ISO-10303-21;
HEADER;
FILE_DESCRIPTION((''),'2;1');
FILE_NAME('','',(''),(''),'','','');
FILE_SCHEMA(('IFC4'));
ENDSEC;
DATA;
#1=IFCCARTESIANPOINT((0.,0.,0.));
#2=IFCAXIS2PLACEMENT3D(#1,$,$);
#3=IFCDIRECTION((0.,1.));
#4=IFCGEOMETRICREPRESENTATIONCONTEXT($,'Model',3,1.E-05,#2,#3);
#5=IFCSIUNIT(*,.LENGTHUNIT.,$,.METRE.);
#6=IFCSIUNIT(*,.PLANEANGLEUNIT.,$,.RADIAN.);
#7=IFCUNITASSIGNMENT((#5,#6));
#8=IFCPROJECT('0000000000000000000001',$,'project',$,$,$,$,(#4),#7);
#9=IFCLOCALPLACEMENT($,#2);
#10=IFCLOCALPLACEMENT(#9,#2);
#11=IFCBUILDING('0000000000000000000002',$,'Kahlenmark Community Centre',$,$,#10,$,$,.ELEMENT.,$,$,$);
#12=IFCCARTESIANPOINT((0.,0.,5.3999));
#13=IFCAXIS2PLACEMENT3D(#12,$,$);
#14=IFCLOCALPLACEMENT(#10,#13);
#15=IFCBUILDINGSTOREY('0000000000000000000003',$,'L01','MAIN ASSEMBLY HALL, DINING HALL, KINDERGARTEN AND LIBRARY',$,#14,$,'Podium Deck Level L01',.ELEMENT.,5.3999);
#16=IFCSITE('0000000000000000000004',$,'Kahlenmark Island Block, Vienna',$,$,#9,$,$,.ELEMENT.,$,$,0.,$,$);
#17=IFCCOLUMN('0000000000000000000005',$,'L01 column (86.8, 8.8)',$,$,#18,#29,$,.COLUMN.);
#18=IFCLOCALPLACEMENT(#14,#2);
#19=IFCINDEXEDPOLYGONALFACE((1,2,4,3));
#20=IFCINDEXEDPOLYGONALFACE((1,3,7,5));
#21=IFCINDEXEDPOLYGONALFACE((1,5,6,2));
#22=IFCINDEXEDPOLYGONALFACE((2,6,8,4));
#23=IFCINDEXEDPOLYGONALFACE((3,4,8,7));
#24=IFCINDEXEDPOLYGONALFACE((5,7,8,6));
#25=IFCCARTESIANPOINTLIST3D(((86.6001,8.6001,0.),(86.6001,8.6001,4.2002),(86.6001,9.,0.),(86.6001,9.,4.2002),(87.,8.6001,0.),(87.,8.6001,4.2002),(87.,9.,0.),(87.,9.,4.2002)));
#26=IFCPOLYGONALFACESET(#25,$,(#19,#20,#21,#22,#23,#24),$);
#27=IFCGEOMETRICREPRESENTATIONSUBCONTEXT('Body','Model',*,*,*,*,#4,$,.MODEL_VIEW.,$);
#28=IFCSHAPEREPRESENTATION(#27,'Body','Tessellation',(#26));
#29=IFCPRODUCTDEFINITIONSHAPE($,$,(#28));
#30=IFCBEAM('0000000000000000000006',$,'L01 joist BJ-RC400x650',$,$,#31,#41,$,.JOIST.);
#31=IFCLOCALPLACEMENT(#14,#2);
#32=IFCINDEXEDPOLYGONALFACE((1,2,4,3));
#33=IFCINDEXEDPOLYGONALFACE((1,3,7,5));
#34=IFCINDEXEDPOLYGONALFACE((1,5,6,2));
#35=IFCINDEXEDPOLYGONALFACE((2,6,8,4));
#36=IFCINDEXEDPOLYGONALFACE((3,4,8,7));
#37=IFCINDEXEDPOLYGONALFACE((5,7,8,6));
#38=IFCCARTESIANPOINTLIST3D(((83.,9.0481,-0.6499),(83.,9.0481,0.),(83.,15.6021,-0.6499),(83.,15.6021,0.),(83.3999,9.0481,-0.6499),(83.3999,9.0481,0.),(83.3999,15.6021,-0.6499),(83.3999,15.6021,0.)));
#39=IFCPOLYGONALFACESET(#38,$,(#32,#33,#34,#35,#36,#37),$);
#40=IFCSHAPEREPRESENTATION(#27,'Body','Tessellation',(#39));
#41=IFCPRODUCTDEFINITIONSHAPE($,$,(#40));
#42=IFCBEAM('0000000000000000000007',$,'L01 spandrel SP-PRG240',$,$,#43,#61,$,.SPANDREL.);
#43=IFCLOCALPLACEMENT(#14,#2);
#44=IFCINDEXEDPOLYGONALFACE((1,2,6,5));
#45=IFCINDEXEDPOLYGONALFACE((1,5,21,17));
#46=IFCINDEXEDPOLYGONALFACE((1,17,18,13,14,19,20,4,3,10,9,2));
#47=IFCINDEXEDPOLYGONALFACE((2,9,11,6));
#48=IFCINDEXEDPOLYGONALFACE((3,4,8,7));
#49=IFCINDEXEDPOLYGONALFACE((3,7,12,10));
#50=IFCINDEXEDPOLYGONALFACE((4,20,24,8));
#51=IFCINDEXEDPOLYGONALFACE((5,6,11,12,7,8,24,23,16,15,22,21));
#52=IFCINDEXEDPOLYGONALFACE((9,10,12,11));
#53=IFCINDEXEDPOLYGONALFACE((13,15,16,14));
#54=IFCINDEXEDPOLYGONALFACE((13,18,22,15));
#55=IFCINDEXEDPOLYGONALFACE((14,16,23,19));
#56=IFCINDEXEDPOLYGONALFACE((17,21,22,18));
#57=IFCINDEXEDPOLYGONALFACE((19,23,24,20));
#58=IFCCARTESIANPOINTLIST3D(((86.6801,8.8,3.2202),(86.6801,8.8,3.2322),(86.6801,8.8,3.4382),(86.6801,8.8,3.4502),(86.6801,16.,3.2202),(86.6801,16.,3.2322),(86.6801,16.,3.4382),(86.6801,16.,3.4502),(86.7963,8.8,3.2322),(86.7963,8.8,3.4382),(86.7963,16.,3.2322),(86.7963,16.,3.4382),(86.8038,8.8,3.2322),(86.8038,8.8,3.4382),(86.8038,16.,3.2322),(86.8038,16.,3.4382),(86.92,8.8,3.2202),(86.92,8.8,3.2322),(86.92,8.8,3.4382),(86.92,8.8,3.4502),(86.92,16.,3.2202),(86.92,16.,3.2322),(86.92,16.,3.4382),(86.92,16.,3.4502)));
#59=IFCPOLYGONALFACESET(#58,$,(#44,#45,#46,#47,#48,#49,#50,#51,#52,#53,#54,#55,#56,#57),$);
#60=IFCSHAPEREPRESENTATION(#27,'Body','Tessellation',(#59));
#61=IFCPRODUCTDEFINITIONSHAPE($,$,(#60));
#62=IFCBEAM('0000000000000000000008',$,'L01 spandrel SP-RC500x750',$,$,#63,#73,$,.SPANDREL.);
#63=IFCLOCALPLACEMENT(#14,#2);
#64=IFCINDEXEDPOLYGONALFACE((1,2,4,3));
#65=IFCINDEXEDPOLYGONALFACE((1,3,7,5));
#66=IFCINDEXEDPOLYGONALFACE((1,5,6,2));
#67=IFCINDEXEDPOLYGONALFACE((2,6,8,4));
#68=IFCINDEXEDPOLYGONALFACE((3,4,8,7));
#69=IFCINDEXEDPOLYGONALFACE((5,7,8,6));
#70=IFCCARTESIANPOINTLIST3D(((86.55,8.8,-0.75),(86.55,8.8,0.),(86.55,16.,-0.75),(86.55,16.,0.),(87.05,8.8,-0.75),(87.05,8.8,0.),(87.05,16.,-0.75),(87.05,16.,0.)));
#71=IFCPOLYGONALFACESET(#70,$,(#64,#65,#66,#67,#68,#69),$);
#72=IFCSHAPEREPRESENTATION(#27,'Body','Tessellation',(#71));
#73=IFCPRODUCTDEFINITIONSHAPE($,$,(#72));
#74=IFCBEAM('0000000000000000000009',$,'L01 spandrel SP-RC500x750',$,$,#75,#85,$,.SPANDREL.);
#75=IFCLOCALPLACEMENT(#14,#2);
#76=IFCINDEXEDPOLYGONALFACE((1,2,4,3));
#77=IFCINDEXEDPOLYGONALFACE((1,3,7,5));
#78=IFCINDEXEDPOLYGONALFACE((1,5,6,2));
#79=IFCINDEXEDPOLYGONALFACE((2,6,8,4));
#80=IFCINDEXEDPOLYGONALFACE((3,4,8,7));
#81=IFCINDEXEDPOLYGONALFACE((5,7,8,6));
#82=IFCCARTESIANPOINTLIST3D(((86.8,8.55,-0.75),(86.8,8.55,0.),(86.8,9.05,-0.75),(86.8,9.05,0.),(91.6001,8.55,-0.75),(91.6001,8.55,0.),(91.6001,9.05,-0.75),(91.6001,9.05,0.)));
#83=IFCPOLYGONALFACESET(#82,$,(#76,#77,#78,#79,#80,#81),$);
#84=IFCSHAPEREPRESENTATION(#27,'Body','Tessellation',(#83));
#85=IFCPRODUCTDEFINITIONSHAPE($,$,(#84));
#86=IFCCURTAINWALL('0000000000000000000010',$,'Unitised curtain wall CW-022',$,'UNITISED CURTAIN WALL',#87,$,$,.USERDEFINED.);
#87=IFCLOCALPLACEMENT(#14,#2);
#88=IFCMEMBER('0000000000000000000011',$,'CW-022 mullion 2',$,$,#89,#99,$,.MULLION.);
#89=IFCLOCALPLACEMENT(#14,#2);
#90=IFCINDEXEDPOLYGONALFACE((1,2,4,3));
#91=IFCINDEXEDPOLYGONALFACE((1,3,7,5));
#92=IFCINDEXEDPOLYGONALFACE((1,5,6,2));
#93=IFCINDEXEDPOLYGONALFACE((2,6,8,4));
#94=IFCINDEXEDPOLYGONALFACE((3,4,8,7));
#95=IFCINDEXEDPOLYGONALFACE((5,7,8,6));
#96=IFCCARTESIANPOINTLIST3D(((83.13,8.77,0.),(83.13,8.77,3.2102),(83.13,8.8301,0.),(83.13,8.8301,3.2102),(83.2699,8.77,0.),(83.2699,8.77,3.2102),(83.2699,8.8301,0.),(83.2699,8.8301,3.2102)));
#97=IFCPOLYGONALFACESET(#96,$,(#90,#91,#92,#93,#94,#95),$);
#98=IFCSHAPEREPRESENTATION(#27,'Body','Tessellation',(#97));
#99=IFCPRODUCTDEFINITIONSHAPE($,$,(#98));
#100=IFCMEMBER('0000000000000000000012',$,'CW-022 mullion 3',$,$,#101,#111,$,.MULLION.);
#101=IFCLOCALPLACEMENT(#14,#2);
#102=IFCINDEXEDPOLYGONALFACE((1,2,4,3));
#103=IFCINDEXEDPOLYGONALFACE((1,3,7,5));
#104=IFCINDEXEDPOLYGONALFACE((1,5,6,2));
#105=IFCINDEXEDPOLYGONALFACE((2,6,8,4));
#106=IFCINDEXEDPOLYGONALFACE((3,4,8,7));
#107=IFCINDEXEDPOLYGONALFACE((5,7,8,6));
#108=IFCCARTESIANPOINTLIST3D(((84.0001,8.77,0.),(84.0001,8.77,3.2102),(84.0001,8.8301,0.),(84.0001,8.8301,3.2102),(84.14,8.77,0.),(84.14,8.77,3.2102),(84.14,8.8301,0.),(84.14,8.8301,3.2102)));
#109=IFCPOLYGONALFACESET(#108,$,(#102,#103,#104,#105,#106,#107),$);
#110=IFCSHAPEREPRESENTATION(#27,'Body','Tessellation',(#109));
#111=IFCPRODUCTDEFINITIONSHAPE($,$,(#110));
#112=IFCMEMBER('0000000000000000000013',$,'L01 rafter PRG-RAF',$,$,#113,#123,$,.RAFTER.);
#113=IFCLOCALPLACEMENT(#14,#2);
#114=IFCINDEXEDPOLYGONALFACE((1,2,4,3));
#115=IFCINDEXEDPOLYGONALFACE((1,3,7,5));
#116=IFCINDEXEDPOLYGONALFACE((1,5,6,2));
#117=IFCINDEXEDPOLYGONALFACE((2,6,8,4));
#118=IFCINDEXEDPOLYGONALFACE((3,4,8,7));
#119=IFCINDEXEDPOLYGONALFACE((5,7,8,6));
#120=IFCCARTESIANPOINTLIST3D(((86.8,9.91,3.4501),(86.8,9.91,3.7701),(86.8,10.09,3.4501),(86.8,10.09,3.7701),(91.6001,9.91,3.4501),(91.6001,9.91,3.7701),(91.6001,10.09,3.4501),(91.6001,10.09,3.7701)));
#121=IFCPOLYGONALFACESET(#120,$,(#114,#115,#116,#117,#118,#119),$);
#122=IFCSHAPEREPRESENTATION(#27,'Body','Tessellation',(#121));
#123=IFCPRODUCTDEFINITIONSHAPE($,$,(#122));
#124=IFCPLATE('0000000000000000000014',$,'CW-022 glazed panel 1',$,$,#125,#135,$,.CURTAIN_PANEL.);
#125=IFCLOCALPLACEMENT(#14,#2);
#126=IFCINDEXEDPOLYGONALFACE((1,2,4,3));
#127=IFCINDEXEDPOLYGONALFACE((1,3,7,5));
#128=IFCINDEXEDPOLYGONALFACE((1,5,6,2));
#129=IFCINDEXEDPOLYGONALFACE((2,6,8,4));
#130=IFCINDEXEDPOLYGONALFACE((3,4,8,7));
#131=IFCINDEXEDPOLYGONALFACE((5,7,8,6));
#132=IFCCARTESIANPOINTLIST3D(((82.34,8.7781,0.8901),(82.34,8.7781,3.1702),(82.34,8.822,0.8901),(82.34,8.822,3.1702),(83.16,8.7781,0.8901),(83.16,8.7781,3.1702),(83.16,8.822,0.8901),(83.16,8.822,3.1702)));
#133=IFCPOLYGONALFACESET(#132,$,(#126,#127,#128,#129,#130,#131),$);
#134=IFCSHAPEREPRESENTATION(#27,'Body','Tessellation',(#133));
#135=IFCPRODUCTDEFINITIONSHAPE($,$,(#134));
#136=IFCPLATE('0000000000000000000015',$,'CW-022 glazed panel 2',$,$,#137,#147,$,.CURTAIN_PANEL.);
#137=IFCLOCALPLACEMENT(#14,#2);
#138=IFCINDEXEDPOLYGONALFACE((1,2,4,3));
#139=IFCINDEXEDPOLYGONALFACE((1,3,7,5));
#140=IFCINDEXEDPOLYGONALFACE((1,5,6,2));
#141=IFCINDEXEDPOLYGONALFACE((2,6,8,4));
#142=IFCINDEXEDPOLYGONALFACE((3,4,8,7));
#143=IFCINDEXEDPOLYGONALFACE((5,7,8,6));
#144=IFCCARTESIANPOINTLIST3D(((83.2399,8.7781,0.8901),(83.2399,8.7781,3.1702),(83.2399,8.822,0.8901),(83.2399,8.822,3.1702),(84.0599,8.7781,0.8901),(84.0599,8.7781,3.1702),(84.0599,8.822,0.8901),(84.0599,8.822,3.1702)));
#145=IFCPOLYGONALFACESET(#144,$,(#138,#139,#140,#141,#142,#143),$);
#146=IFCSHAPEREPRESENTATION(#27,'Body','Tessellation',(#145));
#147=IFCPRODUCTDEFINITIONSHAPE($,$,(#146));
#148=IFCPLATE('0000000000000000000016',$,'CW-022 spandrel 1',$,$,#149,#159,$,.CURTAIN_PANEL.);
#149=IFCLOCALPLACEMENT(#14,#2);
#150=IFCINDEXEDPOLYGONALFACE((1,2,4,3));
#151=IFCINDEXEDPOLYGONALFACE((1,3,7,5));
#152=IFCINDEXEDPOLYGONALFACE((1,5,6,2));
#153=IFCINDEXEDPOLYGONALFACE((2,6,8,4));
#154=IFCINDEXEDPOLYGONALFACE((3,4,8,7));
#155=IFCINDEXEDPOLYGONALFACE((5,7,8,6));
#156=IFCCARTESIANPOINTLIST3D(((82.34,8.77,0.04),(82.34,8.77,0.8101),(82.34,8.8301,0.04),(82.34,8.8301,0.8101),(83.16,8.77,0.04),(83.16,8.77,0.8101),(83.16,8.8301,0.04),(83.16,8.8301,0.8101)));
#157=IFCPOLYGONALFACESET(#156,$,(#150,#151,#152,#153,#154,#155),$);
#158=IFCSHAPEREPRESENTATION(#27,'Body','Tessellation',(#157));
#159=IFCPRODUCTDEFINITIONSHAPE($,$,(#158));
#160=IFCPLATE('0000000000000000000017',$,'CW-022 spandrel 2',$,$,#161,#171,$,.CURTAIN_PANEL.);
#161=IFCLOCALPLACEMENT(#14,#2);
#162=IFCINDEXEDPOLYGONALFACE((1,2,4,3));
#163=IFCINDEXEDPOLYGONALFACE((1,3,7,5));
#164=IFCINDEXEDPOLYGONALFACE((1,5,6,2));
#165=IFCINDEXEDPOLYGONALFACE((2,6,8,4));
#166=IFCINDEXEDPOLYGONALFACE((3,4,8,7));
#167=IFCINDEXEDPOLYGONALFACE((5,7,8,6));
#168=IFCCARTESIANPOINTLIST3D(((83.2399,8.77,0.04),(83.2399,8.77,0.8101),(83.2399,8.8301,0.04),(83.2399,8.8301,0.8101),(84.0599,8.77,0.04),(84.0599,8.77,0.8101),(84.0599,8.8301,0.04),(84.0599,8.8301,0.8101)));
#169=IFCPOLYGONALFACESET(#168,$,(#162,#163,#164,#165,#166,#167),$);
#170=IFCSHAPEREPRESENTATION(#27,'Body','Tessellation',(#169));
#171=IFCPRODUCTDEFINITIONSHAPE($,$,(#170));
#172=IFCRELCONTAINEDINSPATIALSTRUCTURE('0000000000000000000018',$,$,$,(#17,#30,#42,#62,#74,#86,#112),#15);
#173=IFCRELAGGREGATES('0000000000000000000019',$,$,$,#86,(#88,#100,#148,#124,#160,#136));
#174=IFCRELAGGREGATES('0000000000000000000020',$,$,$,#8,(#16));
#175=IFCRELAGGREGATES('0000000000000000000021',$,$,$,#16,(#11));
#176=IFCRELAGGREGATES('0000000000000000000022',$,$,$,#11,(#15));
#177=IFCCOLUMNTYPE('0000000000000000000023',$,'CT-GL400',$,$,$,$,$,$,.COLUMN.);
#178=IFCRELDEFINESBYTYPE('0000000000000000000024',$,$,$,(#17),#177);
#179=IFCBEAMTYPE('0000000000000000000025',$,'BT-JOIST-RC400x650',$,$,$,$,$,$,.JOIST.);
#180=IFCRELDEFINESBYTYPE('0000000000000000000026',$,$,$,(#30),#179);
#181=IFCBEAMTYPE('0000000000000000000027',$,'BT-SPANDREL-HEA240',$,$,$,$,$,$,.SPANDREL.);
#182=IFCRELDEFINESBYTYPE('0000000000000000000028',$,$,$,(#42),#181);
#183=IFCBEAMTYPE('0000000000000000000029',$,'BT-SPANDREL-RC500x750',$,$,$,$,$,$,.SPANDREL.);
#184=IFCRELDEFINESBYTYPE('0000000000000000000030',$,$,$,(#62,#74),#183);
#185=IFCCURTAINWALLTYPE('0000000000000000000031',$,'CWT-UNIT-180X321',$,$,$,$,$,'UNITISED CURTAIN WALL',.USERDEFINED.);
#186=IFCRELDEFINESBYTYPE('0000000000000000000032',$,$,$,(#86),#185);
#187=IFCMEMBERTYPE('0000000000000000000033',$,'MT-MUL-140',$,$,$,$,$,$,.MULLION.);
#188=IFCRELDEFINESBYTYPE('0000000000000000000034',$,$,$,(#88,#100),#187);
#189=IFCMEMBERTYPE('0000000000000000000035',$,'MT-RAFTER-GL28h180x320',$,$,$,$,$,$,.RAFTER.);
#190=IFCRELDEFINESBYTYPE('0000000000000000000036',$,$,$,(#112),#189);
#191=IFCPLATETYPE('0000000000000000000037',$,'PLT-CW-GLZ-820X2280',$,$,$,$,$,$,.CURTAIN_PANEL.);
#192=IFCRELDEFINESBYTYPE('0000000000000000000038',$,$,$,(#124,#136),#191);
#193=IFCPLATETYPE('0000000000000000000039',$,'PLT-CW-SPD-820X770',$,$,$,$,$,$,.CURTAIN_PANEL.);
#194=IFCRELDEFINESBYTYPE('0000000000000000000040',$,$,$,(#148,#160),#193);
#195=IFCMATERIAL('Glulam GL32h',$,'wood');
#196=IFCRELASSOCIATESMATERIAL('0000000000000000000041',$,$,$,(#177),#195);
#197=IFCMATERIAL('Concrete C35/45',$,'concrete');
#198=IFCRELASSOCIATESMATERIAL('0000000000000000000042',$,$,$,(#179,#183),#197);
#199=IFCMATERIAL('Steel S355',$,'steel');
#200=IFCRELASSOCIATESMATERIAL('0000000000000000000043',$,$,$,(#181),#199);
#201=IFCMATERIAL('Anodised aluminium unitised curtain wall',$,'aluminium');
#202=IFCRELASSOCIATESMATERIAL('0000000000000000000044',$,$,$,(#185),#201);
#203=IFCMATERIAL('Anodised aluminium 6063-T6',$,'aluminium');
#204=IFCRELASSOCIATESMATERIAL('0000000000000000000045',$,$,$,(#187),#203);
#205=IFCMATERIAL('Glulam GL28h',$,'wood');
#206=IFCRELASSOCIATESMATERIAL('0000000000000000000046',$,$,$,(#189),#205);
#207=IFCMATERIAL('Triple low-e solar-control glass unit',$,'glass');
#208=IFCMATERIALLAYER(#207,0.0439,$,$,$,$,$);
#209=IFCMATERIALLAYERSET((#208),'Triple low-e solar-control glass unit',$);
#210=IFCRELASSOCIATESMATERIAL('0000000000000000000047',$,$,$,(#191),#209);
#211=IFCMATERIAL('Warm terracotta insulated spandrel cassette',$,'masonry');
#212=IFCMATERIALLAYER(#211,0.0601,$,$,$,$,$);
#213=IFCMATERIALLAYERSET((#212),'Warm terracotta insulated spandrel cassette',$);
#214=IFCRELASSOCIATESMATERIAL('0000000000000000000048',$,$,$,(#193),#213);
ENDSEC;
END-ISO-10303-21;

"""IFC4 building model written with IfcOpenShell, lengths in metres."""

from ifc_helpers import new_model, si_unit, direction, frame, origin, origin_2d, place, context, subcontext, project, spatial, rectangle, i_section, extrude, material, layer, layer_set, material_profile, profile_set, type_object, element, aggregate, save


model = new_model("IFC4")

# Units and contexts
model_context = context("Model", 3, precision=1e-05, world=origin(), true_north=direction((0.0, 1.0)))
body_context = subcontext(model_context, "Body", "Model", "MODEL_VIEW")
ifc_project = project(units=[si_unit("LENGTHUNIT", "METRE"), si_unit("PLANEANGLEUNIT", "RADIAN")], contexts=[model_context])

# Site, building, storey
site_placement = place(None, origin())
site = spatial("IfcSite", under=ifc_project, at=site_placement, Name="Kahlenmark Island Block, Vienna", CompositionType="ELEMENT", RefElevation=0.0)
building_placement = place(site_placement, origin())
building = spatial("IfcBuilding", under=site, at=building_placement, Name="Kahlenmark Community Centre", CompositionType="ELEMENT")
storey_placement = place(building_placement, frame((0.0, 0.0, 5.3999)))
storey = spatial("IfcBuildingStorey", under=building, at=storey_placement, Name="L01", Description="MAIN ASSEMBLY HALL, DINING HALL, KINDERGARTEN AND LIBRARY", LongName="Podium Deck Level L01", CompositionType="ELEMENT", Elevation=5.3999)

# Column
ifc_material_1 = material(Name="Glulam GL32h", Category="wood")
ifc_material_profile_1 = material_profile(ifc_material_1, rectangle(XDim=0.3999, YDim=0.3999, at=origin_2d()), Name="GL32h 400x400")
ifc_profile_set_1 = profile_set([ifc_material_profile_1], Name="Glulam GL32h")
column_type = type_object("IfcColumnType", Name="CT-GL400", PredefinedType="COLUMN", material=ifc_profile_set_1)
column_placement = place(storey_placement, frame((86.8, 8.8, 0.0), z_axis=(0.0, 0.0, 1.0), x_axis=(1.0, 0.0, 0.0)))
element("IfcColumn", 1, at=column_placement, inside=storey, type_object=column_type, Name="L01 column (86.8, 8.8)", PredefinedType="COLUMN", context=body_context, shape_type="SweptSolid", body=[
    extrude(rectangle(XDim=0.3999, YDim=0.3999, at=origin_2d()), origin(), (0.0, 0.0, 1.0), 4.2002),
])

# Beams
ifc_material_2 = material(Name="Concrete C35/45", Category="concrete")
ifc_material_profile_2 = material_profile(ifc_material_2, rectangle(XDim=0.3999, YDim=0.6499, at=origin_2d()), Name="RC 400x650")
ifc_profile_set_2 = profile_set([ifc_material_profile_2], Name="Concrete C35/45")
beam_type_1 = type_object("IfcBeamType", Name="BT-JOIST-RC400x650", PredefinedType="JOIST", material=ifc_profile_set_2)
beam_1_placement = place(storey_placement, frame((83.2, 9.0481, -0.325), z_axis=(0.0, 1.0, 0.0), x_axis=(-1.0, 0.0, 0.0)))
element("IfcBeam", 2, at=beam_1_placement, inside=storey, type_object=beam_type_1, Name="L01 joist BJ-RC400x650", PredefinedType="JOIST", context=body_context, shape_type="SweptSolid", body=[
    extrude(rectangle(XDim=0.3999, YDim=0.6499, at=origin_2d()), origin(), (0.0, 0.0, 1.0), 6.554),
])
ifc_material_3 = material(Name="Steel S355", Category="steel")
ifc_material_profile_3 = material_profile(ifc_material_3, i_section(OverallWidth=0.24, OverallDepth=0.23, WebThickness=0.0076, FlangeThickness=0.012, at=origin_2d()), Name="HEA 240")
ifc_profile_set_3 = profile_set([ifc_material_profile_3], Name="Steel S355")
beam_type_2 = type_object("IfcBeamType", Name="BT-SPANDREL-HEA240", PredefinedType="SPANDREL", material=ifc_profile_set_3)
beam_2_placement = place(storey_placement, frame((86.8, 8.8, 3.3352), z_axis=(0.0, 1.0, 0.0), x_axis=(-1.0, 0.0, 0.0)))
element("IfcBeam", 3, at=beam_2_placement, inside=storey, type_object=beam_type_2, Name="L01 spandrel SP-PRG240", PredefinedType="SPANDREL", context=body_context, shape_type="SweptSolid", body=[
    extrude(i_section(OverallWidth=0.24, OverallDepth=0.23, WebThickness=0.0076, FlangeThickness=0.012, at=origin_2d()), origin(), (0.0, 0.0, 1.0), 7.2),
])
ifc_material_profile_4 = material_profile(ifc_material_2, rectangle(XDim=0.5, YDim=0.75, at=origin_2d()), Name="RC 500x750")
ifc_profile_set_4 = profile_set([ifc_material_profile_4], Name="Concrete C35/45")
beam_type_3 = type_object("IfcBeamType", Name="BT-SPANDREL-RC500x750", PredefinedType="SPANDREL", material=ifc_profile_set_4)
beam_3_placement = place(storey_placement, frame((86.8, 8.8, -0.375), z_axis=(0.0, 1.0, 0.0), x_axis=(-1.0, 0.0, 0.0)))
element("IfcBeam", 4, at=beam_3_placement, inside=storey, type_object=beam_type_3, Name="L01 spandrel SP-RC500x750", PredefinedType="SPANDREL", context=body_context, shape_type="SweptSolid", body=[
    extrude(rectangle(XDim=0.5, YDim=0.75, at=origin_2d()), origin(), (0.0, 0.0, 1.0), 7.2),
])
beam_4_placement = place(storey_placement, frame((86.8, 8.8, -0.375), z_axis=(1.0, 0.0, 0.0), x_axis=(0.0, 1.0, 0.0)))
element("IfcBeam", 5, at=beam_4_placement, inside=storey, type_object=beam_type_3, Name="L01 spandrel SP-RC500x750", PredefinedType="SPANDREL", context=body_context, shape_type="SweptSolid", body=[
    extrude(rectangle(XDim=0.5, YDim=0.75, at=origin_2d()), origin(), (0.0, 0.0, 1.0), 4.8),
])

# Curtain wall, members
ifc_material_4 = material(Name="Anodised aluminium unitised curtain wall", Category="aluminium")
curtain_wall_type = type_object("IfcCurtainWallType", Name="CWT-UNIT-180X321", ElementType="UNITISED CURTAIN WALL", PredefinedType="USERDEFINED", material=ifc_material_4)
curtain_wall_placement = place(storey_placement, origin())
curtain_wall = element("IfcCurtainWall", 6, at=curtain_wall_placement, inside=storey, type_object=curtain_wall_type, Name="Unitised curtain wall CW-022", ObjectType="UNITISED CURTAIN WALL", PredefinedType="USERDEFINED")
ifc_material_5 = material(Name="Anodised aluminium 6063-T6", Category="aluminium")
ifc_material_profile_5 = material_profile(ifc_material_5, rectangle(XDim=0.0601, YDim=0.1399, at=origin_2d()), Name="ALU MULLION 60x140")
ifc_profile_set_5 = profile_set([ifc_material_profile_5], Name="Anodised aluminium 6063-T6")
member_type_1 = type_object("IfcMemberType", Name="MT-MUL-140", PredefinedType="MULLION", material=ifc_profile_set_5)
member_1_placement = place(storey_placement, frame((83.2, 8.8, 0.0), z_axis=(0.0, 0.0, 1.0), x_axis=(0.0, 1.0, 0.0)))
member_1 = element("IfcMember", 7, at=member_1_placement, type_object=member_type_1, Name="CW-022 mullion 2", PredefinedType="MULLION", context=body_context, shape_type="SweptSolid", body=[
    extrude(rectangle(XDim=0.0601, YDim=0.1399, at=origin_2d()), origin(), (0.0, 0.0, 1.0), 3.2102),
])
member_2_placement = place(storey_placement, frame((84.0701, 8.8, 0.0), z_axis=(0.0, 0.0, 1.0), x_axis=(0.0, 1.0, 0.0)))
member_2 = element("IfcMember", 8, at=member_2_placement, type_object=member_type_1, Name="CW-022 mullion 3", PredefinedType="MULLION", context=body_context, shape_type="SweptSolid", body=[
    extrude(rectangle(XDim=0.0601, YDim=0.1399, at=origin_2d()), origin(), (0.0, 0.0, 1.0), 3.2102),
])

# Member
ifc_material_6 = material(Name="Glulam GL28h", Category="wood")
ifc_material_profile_6 = material_profile(ifc_material_6, rectangle(XDim=0.1799, YDim=0.3201, at=origin_2d()), Name="GL28h 180x320")
ifc_profile_set_6 = profile_set([ifc_material_profile_6], Name="Glulam GL28h")
member_type_2 = type_object("IfcMemberType", Name="MT-RAFTER-GL28h180x320", PredefinedType="RAFTER", material=ifc_profile_set_6)
member_3_placement = place(storey_placement, frame((86.8, 10.0, 3.6101), z_axis=(1.0, 0.0, 0.0), x_axis=(0.0, 1.0, 0.0)))
element("IfcMember", 9, at=member_3_placement, inside=storey, type_object=member_type_2, Name="L01 rafter PRG-RAF", PredefinedType="RAFTER", context=body_context, shape_type="SweptSolid", body=[
    extrude(rectangle(XDim=0.1799, YDim=0.3201, at=origin_2d()), origin(), (0.0, 0.0, 1.0), 4.8),
])

# Plates
ifc_material_7 = material(Name="Triple low-e solar-control glass unit", Category="glass")
ifc_layer_1 = layer(ifc_material_7, 0.0439)
ifc_layer_set_1 = layer_set([ifc_layer_1], Name="Triple low-e solar-control glass unit")
plate_type_1 = type_object("IfcPlateType", Name="PLT-CW-GLZ-820X2280", PredefinedType="CURTAIN_PANEL", material=ifc_layer_set_1)
plate_1_placement = place(storey_placement, frame((82.75, 8.8, 0.8901), z_axis=(0.0, 0.0, 1.0), x_axis=(1.0, 0.0, 0.0)))
plate_1 = element("IfcPlate", 10, at=plate_1_placement, type_object=plate_type_1, Name="CW-022 glazed panel 1", PredefinedType="CURTAIN_PANEL", context=body_context, shape_type="SweptSolid", body=[
    extrude(rectangle(XDim=0.8201, YDim=0.0439, at=origin_2d()), origin(), (0.0, 0.0, 1.0), 2.28),
])
plate_2_placement = place(storey_placement, frame((83.6499, 8.8, 0.8901), z_axis=(0.0, 0.0, 1.0), x_axis=(1.0, 0.0, 0.0)))
plate_2 = element("IfcPlate", 11, at=plate_2_placement, type_object=plate_type_1, Name="CW-022 glazed panel 2", PredefinedType="CURTAIN_PANEL", context=body_context, shape_type="SweptSolid", body=[
    extrude(rectangle(XDim=0.8201, YDim=0.0439, at=origin_2d()), origin(), (0.0, 0.0, 1.0), 2.28),
])
ifc_material_8 = material(Name="Warm terracotta insulated spandrel cassette", Category="masonry")
ifc_layer_2 = layer(ifc_material_8, 0.0601)
ifc_layer_set_2 = layer_set([ifc_layer_2], Name="Warm terracotta insulated spandrel cassette")
plate_type_2 = type_object("IfcPlateType", Name="PLT-CW-SPD-820X770", PredefinedType="CURTAIN_PANEL", material=ifc_layer_set_2)
plate_3_placement = place(storey_placement, frame((82.75, 8.8, 0.04), z_axis=(0.0, 0.0, 1.0), x_axis=(1.0, 0.0, 0.0)))
plate_3 = element("IfcPlate", 12, at=plate_3_placement, type_object=plate_type_2, Name="CW-022 spandrel 1", PredefinedType="CURTAIN_PANEL", context=body_context, shape_type="SweptSolid", body=[
    extrude(rectangle(XDim=0.8201, YDim=0.0601, at=origin_2d()), origin(), (0.0, 0.0, 1.0), 0.77),
])
plate_4_placement = place(storey_placement, frame((83.6499, 8.8, 0.04), z_axis=(0.0, 0.0, 1.0), x_axis=(1.0, 0.0, 0.0)))
plate_4 = element("IfcPlate", 13, at=plate_4_placement, type_object=plate_type_2, Name="CW-022 spandrel 2", PredefinedType="CURTAIN_PANEL", context=body_context, shape_type="SweptSolid", body=[
    extrude(rectangle(XDim=0.8201, YDim=0.0601, at=origin_2d()), origin(), (0.0, 0.0, 1.0), 0.77),
])
aggregate(curtain_wall, [member_1, member_2, plate_3, plate_1, plate_4, plate_2])

save(model, "model.ifc")
